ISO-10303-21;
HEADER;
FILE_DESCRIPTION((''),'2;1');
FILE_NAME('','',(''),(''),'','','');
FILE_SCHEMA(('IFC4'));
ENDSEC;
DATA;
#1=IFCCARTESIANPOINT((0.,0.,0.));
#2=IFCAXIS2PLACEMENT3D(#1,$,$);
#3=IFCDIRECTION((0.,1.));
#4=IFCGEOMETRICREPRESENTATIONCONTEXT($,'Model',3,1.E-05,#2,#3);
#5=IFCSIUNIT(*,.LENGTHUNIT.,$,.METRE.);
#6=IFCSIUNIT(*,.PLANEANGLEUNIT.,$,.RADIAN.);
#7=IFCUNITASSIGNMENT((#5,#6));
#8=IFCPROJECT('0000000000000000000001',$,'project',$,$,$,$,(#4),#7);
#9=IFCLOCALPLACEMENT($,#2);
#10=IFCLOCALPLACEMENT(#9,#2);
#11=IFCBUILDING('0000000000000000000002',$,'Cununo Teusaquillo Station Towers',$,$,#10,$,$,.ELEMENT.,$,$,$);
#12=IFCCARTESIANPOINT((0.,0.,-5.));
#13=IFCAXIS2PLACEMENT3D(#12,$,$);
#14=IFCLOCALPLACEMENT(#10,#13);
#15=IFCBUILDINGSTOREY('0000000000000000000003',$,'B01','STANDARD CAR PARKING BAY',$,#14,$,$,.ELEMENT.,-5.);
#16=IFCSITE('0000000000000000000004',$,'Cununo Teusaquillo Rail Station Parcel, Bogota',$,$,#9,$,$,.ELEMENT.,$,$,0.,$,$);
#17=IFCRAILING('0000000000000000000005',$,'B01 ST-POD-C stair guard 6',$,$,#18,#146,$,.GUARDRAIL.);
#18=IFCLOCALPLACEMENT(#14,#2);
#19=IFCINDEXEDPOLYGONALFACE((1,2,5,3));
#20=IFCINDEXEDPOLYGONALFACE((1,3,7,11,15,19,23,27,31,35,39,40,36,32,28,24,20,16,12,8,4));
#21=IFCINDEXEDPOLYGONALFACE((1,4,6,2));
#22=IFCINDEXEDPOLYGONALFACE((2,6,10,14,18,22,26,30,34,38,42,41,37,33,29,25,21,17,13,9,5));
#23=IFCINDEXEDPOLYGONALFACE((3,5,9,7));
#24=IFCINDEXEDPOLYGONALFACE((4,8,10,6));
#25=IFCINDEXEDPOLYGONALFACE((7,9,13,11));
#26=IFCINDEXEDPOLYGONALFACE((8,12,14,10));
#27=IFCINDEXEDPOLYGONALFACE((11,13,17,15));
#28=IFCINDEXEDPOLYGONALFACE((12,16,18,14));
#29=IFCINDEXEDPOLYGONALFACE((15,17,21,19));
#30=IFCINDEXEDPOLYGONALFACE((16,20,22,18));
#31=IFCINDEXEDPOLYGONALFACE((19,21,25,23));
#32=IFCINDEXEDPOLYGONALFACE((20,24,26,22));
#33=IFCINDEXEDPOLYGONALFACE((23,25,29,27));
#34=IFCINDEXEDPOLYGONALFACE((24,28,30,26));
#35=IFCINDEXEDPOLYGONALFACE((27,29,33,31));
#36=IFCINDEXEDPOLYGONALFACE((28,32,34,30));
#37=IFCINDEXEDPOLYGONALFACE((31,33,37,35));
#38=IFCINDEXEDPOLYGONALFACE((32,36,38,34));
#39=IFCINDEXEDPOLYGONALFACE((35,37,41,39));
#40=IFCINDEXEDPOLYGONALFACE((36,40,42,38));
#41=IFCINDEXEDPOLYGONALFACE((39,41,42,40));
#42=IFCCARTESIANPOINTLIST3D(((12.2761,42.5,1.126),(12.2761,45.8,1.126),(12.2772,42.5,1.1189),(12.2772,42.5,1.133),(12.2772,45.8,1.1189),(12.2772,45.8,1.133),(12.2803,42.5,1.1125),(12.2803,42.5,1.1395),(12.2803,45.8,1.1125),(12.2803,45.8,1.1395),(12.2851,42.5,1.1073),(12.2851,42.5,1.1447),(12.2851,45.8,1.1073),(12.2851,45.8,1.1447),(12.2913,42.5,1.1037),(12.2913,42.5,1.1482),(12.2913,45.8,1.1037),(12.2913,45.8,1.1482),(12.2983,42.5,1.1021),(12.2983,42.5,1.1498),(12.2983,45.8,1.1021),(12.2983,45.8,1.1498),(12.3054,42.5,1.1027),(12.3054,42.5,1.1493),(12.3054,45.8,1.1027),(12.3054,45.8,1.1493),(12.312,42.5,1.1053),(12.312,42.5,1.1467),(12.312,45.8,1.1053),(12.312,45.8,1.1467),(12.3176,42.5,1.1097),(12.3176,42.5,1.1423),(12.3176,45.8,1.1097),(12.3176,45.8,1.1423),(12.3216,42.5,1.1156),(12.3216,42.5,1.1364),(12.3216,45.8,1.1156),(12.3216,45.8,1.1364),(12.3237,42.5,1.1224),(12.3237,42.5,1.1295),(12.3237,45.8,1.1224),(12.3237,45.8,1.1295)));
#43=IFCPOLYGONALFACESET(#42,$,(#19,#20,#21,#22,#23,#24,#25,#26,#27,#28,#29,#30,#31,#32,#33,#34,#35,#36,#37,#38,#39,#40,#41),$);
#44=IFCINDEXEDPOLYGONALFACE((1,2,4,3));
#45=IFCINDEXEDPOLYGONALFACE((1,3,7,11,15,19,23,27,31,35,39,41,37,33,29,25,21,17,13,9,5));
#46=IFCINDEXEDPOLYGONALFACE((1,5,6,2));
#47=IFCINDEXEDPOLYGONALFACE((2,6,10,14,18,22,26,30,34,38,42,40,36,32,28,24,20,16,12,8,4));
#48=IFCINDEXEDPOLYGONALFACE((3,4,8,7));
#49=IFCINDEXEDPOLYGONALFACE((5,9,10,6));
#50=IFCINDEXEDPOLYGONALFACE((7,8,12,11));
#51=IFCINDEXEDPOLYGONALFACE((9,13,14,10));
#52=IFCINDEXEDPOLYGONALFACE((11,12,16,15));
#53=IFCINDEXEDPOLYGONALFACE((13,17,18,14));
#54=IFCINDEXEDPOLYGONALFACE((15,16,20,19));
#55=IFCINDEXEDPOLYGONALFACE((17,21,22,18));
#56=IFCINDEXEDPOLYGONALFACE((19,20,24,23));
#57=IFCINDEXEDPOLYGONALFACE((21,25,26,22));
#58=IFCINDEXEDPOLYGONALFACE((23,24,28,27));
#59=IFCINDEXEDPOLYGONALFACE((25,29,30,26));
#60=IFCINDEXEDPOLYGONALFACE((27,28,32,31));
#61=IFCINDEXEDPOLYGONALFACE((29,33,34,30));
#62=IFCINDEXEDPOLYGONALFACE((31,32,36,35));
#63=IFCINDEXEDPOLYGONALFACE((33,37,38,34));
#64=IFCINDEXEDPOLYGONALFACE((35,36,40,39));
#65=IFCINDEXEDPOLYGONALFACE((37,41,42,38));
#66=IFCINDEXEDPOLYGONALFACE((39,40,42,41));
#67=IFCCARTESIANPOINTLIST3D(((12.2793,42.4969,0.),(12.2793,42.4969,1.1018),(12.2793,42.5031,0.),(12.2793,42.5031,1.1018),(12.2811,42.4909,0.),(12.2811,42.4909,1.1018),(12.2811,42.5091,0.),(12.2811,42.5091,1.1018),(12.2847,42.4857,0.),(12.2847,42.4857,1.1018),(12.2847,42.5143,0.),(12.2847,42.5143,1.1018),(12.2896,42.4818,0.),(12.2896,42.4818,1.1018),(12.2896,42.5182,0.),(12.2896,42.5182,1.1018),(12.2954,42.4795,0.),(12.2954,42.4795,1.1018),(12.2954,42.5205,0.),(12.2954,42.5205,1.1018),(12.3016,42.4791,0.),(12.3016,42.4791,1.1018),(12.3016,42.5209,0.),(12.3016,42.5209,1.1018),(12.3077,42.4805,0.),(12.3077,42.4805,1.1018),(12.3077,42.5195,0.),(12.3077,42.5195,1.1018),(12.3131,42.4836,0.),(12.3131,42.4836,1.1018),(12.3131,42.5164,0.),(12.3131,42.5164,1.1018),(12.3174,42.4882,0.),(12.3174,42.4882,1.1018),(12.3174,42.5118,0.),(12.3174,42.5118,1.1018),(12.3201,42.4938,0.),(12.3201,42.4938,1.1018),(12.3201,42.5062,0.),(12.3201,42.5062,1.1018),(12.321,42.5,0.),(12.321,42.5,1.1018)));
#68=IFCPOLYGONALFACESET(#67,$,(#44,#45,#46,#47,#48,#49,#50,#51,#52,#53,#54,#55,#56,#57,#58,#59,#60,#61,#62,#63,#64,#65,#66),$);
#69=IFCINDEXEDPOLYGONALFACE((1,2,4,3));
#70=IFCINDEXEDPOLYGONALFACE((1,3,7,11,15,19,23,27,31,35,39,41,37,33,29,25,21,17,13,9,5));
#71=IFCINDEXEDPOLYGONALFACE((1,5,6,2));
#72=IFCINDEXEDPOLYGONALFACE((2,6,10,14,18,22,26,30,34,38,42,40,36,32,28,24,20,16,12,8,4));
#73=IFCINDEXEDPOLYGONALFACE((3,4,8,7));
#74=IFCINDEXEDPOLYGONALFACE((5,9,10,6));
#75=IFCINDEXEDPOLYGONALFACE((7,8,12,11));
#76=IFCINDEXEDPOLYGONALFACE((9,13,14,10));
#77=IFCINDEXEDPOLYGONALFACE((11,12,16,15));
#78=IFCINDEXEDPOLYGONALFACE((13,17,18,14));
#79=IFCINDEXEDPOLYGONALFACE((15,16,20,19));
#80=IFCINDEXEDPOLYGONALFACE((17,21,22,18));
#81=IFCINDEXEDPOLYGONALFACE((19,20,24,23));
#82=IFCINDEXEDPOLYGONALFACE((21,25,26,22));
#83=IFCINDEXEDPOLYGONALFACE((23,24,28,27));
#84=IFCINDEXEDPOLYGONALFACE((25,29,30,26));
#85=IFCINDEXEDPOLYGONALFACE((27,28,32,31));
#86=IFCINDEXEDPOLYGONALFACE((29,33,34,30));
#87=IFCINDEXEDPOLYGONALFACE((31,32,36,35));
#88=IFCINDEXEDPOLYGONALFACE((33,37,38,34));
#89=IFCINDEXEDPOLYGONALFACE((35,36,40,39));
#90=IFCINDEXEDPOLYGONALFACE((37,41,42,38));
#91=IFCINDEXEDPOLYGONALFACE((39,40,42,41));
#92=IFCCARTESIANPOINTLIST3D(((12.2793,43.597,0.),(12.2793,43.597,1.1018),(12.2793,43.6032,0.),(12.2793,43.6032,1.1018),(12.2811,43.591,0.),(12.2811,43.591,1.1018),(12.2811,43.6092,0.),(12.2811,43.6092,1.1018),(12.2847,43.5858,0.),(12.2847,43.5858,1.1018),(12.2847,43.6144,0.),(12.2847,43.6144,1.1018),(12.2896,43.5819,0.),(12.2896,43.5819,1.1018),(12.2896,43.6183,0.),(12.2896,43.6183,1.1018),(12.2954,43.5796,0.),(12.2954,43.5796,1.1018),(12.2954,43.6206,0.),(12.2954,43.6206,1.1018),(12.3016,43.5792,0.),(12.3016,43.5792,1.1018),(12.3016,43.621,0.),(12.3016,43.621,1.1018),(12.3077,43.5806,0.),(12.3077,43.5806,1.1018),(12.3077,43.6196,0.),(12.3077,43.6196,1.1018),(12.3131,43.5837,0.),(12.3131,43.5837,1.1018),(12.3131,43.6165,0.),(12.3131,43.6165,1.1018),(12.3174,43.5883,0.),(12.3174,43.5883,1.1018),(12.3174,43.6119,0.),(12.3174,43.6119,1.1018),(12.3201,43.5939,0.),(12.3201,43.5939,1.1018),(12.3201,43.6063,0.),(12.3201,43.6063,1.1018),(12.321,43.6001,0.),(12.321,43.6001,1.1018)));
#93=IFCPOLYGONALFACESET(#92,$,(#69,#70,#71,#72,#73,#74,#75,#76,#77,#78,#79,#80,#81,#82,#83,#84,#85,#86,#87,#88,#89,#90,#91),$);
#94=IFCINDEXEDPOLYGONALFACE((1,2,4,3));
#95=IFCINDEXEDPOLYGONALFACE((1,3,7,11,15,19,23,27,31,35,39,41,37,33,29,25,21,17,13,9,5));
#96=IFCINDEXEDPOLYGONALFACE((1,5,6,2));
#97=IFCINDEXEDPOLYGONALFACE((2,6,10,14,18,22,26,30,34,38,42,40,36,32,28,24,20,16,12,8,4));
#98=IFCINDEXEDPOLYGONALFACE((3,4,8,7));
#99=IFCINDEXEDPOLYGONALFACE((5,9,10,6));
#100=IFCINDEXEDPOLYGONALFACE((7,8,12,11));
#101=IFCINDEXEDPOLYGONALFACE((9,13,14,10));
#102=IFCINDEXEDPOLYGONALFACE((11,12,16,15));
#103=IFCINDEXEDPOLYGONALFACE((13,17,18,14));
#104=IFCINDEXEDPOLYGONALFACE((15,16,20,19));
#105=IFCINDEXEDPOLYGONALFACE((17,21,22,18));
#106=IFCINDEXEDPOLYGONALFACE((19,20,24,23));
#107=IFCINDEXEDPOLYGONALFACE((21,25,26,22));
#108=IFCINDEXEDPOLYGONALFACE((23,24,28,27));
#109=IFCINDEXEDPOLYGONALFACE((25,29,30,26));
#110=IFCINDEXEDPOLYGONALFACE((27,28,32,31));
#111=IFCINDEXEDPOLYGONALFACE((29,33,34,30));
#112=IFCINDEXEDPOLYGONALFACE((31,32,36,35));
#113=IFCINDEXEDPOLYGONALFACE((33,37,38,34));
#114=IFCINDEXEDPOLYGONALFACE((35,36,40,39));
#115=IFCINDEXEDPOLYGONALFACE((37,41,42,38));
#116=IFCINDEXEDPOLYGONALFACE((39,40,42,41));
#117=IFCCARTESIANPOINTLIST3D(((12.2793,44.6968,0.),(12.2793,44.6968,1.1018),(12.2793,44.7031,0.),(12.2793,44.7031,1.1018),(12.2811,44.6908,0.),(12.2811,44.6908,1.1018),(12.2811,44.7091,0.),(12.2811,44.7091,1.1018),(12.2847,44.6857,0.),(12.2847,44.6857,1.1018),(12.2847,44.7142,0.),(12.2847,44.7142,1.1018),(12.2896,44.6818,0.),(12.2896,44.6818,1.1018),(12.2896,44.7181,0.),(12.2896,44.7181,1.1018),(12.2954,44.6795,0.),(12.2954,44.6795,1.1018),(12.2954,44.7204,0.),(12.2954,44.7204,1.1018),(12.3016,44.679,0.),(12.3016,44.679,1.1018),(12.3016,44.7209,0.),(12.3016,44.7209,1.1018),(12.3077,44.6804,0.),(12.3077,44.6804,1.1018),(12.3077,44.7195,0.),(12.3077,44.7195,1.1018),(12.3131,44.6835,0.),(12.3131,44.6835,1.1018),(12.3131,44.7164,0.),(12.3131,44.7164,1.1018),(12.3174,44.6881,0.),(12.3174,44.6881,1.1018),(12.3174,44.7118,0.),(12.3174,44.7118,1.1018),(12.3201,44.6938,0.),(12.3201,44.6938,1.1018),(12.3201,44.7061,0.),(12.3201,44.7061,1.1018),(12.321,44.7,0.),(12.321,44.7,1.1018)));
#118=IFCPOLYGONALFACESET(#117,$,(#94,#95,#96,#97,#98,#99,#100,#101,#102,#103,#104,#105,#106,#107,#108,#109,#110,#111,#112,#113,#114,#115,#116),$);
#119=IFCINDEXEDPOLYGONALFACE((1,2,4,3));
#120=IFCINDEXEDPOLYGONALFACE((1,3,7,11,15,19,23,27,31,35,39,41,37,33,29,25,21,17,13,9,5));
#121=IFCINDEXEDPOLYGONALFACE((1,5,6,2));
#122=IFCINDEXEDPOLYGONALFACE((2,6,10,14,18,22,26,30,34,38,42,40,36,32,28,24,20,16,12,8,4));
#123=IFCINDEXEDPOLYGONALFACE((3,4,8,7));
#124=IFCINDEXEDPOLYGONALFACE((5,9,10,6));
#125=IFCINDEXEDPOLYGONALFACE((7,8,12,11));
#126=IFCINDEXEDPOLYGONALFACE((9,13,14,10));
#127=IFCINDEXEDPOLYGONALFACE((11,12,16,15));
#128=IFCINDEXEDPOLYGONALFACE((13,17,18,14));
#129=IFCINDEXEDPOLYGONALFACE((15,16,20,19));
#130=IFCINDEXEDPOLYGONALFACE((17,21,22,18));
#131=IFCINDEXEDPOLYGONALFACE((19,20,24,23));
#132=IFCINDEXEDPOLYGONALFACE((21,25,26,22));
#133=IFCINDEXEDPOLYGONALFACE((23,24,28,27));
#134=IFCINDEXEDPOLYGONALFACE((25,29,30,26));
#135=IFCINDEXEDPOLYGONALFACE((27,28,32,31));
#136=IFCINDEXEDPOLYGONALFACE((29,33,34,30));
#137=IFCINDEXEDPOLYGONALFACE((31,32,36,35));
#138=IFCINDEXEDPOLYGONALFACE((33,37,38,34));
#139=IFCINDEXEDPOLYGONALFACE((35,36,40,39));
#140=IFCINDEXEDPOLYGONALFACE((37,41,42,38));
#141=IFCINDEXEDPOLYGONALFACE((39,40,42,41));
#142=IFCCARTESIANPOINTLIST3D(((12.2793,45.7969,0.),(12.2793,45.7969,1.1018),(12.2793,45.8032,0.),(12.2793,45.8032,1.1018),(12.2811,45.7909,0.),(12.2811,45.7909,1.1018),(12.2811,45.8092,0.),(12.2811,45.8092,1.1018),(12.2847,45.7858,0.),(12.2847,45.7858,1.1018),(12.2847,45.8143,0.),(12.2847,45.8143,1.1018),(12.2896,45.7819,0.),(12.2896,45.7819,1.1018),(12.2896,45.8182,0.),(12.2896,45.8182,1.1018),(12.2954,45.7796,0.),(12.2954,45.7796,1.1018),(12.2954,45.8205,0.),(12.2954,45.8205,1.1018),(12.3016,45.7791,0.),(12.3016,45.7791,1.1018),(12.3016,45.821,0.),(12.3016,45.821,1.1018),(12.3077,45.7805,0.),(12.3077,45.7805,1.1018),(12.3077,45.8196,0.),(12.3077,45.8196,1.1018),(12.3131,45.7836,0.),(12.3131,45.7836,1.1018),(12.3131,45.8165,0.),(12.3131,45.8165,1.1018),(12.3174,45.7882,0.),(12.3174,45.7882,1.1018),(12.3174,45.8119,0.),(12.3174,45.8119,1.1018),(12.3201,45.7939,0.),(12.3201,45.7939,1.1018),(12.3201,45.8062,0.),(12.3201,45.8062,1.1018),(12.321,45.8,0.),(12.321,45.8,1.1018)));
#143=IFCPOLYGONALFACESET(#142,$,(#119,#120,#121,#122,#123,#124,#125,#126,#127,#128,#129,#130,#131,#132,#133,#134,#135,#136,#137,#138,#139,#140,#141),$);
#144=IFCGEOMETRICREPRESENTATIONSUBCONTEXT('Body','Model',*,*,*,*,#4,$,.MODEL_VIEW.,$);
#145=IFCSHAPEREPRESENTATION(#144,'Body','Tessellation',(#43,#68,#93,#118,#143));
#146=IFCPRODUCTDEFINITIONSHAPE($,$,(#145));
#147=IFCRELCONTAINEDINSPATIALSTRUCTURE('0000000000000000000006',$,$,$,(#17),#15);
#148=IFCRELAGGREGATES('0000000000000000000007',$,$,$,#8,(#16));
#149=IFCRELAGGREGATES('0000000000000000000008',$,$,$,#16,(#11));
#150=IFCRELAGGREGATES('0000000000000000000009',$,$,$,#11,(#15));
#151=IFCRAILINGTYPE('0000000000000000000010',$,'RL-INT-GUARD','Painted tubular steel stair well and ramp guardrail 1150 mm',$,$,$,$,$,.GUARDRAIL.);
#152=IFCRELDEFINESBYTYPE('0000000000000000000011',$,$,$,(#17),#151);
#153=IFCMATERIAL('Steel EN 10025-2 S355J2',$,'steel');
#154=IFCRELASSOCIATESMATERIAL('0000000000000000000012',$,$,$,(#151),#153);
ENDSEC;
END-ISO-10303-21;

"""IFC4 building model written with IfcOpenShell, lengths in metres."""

from ifc_helpers import new_model, si_unit, direction, frame, origin, origin_2d, place, context, subcontext, project, spatial, circle, extrude, material, type_object, element, save


model = new_model("IFC4")

# Units and contexts
model_context = context("Model", 3, precision=1e-05, world=origin(), true_north=direction((0.0, 1.0)))
body_context = subcontext(model_context, "Body", "Model", "MODEL_VIEW")
ifc_project = project(units=[si_unit("LENGTHUNIT", "METRE"), si_unit("PLANEANGLEUNIT", "RADIAN")], contexts=[model_context])

# Site, building, storey
site_placement = place(None, origin())
site = spatial("IfcSite", under=ifc_project, at=site_placement, Name="Cununo Teusaquillo Rail Station Parcel, Bogota", CompositionType="ELEMENT", RefElevation=0.0)
building_placement = place(site_placement, origin())
building = spatial("IfcBuilding", under=site, at=building_placement, Name="Cununo Teusaquillo Station Towers", CompositionType="ELEMENT")
storey_placement = place(building_placement, frame((0.0, 0.0, -5.0)))
storey = spatial("IfcBuildingStorey", under=building, at=storey_placement, Name="B01", Description="STANDARD CAR PARKING BAY", CompositionType="ELEMENT", Elevation=-5.0)

# Railing
ifc_material_1 = material(Name="Steel EN 10025-2 S355J2", Category="steel")
railing_type_1 = type_object("IfcRailingType", Name="RL-INT-GUARD", Description="Painted tubular steel stair well and ramp guardrail 1150 mm", PredefinedType="GUARDRAIL", material=ifc_material_1)
railing_1_placement = place(storey_placement, frame((12.3, 42.5, 0.0)))
element("IfcRailing", 1, at=railing_1_placement, inside=storey, type_object=railing_type_1, Name="B01 ST-POD-C stair guard 6", PredefinedType="GUARDRAIL", context=body_context, shape_type="SweptSolid", body=[
    extrude(circle(Radius=0.0239, at=origin_2d()), frame((0.0, 0.0, 1.126), z_axis=(0.0, 1.0, 0.0), x_axis=(-1.0, 0.0, 0.0)), (0.0, 0.0, 1.0), 3.3),
    extrude(circle(Radius=0.021, at=origin_2d()), origin(), (0.0, 0.0, 1.0), 1.1018),
    extrude(circle(Radius=0.021, at=origin_2d()), frame((0.0, 1.1001, 0.0)), (0.0, 0.0, 1.0), 1.1018),
    extrude(circle(Radius=0.021, at=origin_2d()), frame((0.0, 2.2, 0.0)), (0.0, 0.0, 1.0), 1.1018),
    extrude(circle(Radius=0.021, at=origin_2d()), frame((0.0, 3.3, 0.0)), (0.0, 0.0, 1.0), 1.1018),
])

save(model, "model.ifc")
